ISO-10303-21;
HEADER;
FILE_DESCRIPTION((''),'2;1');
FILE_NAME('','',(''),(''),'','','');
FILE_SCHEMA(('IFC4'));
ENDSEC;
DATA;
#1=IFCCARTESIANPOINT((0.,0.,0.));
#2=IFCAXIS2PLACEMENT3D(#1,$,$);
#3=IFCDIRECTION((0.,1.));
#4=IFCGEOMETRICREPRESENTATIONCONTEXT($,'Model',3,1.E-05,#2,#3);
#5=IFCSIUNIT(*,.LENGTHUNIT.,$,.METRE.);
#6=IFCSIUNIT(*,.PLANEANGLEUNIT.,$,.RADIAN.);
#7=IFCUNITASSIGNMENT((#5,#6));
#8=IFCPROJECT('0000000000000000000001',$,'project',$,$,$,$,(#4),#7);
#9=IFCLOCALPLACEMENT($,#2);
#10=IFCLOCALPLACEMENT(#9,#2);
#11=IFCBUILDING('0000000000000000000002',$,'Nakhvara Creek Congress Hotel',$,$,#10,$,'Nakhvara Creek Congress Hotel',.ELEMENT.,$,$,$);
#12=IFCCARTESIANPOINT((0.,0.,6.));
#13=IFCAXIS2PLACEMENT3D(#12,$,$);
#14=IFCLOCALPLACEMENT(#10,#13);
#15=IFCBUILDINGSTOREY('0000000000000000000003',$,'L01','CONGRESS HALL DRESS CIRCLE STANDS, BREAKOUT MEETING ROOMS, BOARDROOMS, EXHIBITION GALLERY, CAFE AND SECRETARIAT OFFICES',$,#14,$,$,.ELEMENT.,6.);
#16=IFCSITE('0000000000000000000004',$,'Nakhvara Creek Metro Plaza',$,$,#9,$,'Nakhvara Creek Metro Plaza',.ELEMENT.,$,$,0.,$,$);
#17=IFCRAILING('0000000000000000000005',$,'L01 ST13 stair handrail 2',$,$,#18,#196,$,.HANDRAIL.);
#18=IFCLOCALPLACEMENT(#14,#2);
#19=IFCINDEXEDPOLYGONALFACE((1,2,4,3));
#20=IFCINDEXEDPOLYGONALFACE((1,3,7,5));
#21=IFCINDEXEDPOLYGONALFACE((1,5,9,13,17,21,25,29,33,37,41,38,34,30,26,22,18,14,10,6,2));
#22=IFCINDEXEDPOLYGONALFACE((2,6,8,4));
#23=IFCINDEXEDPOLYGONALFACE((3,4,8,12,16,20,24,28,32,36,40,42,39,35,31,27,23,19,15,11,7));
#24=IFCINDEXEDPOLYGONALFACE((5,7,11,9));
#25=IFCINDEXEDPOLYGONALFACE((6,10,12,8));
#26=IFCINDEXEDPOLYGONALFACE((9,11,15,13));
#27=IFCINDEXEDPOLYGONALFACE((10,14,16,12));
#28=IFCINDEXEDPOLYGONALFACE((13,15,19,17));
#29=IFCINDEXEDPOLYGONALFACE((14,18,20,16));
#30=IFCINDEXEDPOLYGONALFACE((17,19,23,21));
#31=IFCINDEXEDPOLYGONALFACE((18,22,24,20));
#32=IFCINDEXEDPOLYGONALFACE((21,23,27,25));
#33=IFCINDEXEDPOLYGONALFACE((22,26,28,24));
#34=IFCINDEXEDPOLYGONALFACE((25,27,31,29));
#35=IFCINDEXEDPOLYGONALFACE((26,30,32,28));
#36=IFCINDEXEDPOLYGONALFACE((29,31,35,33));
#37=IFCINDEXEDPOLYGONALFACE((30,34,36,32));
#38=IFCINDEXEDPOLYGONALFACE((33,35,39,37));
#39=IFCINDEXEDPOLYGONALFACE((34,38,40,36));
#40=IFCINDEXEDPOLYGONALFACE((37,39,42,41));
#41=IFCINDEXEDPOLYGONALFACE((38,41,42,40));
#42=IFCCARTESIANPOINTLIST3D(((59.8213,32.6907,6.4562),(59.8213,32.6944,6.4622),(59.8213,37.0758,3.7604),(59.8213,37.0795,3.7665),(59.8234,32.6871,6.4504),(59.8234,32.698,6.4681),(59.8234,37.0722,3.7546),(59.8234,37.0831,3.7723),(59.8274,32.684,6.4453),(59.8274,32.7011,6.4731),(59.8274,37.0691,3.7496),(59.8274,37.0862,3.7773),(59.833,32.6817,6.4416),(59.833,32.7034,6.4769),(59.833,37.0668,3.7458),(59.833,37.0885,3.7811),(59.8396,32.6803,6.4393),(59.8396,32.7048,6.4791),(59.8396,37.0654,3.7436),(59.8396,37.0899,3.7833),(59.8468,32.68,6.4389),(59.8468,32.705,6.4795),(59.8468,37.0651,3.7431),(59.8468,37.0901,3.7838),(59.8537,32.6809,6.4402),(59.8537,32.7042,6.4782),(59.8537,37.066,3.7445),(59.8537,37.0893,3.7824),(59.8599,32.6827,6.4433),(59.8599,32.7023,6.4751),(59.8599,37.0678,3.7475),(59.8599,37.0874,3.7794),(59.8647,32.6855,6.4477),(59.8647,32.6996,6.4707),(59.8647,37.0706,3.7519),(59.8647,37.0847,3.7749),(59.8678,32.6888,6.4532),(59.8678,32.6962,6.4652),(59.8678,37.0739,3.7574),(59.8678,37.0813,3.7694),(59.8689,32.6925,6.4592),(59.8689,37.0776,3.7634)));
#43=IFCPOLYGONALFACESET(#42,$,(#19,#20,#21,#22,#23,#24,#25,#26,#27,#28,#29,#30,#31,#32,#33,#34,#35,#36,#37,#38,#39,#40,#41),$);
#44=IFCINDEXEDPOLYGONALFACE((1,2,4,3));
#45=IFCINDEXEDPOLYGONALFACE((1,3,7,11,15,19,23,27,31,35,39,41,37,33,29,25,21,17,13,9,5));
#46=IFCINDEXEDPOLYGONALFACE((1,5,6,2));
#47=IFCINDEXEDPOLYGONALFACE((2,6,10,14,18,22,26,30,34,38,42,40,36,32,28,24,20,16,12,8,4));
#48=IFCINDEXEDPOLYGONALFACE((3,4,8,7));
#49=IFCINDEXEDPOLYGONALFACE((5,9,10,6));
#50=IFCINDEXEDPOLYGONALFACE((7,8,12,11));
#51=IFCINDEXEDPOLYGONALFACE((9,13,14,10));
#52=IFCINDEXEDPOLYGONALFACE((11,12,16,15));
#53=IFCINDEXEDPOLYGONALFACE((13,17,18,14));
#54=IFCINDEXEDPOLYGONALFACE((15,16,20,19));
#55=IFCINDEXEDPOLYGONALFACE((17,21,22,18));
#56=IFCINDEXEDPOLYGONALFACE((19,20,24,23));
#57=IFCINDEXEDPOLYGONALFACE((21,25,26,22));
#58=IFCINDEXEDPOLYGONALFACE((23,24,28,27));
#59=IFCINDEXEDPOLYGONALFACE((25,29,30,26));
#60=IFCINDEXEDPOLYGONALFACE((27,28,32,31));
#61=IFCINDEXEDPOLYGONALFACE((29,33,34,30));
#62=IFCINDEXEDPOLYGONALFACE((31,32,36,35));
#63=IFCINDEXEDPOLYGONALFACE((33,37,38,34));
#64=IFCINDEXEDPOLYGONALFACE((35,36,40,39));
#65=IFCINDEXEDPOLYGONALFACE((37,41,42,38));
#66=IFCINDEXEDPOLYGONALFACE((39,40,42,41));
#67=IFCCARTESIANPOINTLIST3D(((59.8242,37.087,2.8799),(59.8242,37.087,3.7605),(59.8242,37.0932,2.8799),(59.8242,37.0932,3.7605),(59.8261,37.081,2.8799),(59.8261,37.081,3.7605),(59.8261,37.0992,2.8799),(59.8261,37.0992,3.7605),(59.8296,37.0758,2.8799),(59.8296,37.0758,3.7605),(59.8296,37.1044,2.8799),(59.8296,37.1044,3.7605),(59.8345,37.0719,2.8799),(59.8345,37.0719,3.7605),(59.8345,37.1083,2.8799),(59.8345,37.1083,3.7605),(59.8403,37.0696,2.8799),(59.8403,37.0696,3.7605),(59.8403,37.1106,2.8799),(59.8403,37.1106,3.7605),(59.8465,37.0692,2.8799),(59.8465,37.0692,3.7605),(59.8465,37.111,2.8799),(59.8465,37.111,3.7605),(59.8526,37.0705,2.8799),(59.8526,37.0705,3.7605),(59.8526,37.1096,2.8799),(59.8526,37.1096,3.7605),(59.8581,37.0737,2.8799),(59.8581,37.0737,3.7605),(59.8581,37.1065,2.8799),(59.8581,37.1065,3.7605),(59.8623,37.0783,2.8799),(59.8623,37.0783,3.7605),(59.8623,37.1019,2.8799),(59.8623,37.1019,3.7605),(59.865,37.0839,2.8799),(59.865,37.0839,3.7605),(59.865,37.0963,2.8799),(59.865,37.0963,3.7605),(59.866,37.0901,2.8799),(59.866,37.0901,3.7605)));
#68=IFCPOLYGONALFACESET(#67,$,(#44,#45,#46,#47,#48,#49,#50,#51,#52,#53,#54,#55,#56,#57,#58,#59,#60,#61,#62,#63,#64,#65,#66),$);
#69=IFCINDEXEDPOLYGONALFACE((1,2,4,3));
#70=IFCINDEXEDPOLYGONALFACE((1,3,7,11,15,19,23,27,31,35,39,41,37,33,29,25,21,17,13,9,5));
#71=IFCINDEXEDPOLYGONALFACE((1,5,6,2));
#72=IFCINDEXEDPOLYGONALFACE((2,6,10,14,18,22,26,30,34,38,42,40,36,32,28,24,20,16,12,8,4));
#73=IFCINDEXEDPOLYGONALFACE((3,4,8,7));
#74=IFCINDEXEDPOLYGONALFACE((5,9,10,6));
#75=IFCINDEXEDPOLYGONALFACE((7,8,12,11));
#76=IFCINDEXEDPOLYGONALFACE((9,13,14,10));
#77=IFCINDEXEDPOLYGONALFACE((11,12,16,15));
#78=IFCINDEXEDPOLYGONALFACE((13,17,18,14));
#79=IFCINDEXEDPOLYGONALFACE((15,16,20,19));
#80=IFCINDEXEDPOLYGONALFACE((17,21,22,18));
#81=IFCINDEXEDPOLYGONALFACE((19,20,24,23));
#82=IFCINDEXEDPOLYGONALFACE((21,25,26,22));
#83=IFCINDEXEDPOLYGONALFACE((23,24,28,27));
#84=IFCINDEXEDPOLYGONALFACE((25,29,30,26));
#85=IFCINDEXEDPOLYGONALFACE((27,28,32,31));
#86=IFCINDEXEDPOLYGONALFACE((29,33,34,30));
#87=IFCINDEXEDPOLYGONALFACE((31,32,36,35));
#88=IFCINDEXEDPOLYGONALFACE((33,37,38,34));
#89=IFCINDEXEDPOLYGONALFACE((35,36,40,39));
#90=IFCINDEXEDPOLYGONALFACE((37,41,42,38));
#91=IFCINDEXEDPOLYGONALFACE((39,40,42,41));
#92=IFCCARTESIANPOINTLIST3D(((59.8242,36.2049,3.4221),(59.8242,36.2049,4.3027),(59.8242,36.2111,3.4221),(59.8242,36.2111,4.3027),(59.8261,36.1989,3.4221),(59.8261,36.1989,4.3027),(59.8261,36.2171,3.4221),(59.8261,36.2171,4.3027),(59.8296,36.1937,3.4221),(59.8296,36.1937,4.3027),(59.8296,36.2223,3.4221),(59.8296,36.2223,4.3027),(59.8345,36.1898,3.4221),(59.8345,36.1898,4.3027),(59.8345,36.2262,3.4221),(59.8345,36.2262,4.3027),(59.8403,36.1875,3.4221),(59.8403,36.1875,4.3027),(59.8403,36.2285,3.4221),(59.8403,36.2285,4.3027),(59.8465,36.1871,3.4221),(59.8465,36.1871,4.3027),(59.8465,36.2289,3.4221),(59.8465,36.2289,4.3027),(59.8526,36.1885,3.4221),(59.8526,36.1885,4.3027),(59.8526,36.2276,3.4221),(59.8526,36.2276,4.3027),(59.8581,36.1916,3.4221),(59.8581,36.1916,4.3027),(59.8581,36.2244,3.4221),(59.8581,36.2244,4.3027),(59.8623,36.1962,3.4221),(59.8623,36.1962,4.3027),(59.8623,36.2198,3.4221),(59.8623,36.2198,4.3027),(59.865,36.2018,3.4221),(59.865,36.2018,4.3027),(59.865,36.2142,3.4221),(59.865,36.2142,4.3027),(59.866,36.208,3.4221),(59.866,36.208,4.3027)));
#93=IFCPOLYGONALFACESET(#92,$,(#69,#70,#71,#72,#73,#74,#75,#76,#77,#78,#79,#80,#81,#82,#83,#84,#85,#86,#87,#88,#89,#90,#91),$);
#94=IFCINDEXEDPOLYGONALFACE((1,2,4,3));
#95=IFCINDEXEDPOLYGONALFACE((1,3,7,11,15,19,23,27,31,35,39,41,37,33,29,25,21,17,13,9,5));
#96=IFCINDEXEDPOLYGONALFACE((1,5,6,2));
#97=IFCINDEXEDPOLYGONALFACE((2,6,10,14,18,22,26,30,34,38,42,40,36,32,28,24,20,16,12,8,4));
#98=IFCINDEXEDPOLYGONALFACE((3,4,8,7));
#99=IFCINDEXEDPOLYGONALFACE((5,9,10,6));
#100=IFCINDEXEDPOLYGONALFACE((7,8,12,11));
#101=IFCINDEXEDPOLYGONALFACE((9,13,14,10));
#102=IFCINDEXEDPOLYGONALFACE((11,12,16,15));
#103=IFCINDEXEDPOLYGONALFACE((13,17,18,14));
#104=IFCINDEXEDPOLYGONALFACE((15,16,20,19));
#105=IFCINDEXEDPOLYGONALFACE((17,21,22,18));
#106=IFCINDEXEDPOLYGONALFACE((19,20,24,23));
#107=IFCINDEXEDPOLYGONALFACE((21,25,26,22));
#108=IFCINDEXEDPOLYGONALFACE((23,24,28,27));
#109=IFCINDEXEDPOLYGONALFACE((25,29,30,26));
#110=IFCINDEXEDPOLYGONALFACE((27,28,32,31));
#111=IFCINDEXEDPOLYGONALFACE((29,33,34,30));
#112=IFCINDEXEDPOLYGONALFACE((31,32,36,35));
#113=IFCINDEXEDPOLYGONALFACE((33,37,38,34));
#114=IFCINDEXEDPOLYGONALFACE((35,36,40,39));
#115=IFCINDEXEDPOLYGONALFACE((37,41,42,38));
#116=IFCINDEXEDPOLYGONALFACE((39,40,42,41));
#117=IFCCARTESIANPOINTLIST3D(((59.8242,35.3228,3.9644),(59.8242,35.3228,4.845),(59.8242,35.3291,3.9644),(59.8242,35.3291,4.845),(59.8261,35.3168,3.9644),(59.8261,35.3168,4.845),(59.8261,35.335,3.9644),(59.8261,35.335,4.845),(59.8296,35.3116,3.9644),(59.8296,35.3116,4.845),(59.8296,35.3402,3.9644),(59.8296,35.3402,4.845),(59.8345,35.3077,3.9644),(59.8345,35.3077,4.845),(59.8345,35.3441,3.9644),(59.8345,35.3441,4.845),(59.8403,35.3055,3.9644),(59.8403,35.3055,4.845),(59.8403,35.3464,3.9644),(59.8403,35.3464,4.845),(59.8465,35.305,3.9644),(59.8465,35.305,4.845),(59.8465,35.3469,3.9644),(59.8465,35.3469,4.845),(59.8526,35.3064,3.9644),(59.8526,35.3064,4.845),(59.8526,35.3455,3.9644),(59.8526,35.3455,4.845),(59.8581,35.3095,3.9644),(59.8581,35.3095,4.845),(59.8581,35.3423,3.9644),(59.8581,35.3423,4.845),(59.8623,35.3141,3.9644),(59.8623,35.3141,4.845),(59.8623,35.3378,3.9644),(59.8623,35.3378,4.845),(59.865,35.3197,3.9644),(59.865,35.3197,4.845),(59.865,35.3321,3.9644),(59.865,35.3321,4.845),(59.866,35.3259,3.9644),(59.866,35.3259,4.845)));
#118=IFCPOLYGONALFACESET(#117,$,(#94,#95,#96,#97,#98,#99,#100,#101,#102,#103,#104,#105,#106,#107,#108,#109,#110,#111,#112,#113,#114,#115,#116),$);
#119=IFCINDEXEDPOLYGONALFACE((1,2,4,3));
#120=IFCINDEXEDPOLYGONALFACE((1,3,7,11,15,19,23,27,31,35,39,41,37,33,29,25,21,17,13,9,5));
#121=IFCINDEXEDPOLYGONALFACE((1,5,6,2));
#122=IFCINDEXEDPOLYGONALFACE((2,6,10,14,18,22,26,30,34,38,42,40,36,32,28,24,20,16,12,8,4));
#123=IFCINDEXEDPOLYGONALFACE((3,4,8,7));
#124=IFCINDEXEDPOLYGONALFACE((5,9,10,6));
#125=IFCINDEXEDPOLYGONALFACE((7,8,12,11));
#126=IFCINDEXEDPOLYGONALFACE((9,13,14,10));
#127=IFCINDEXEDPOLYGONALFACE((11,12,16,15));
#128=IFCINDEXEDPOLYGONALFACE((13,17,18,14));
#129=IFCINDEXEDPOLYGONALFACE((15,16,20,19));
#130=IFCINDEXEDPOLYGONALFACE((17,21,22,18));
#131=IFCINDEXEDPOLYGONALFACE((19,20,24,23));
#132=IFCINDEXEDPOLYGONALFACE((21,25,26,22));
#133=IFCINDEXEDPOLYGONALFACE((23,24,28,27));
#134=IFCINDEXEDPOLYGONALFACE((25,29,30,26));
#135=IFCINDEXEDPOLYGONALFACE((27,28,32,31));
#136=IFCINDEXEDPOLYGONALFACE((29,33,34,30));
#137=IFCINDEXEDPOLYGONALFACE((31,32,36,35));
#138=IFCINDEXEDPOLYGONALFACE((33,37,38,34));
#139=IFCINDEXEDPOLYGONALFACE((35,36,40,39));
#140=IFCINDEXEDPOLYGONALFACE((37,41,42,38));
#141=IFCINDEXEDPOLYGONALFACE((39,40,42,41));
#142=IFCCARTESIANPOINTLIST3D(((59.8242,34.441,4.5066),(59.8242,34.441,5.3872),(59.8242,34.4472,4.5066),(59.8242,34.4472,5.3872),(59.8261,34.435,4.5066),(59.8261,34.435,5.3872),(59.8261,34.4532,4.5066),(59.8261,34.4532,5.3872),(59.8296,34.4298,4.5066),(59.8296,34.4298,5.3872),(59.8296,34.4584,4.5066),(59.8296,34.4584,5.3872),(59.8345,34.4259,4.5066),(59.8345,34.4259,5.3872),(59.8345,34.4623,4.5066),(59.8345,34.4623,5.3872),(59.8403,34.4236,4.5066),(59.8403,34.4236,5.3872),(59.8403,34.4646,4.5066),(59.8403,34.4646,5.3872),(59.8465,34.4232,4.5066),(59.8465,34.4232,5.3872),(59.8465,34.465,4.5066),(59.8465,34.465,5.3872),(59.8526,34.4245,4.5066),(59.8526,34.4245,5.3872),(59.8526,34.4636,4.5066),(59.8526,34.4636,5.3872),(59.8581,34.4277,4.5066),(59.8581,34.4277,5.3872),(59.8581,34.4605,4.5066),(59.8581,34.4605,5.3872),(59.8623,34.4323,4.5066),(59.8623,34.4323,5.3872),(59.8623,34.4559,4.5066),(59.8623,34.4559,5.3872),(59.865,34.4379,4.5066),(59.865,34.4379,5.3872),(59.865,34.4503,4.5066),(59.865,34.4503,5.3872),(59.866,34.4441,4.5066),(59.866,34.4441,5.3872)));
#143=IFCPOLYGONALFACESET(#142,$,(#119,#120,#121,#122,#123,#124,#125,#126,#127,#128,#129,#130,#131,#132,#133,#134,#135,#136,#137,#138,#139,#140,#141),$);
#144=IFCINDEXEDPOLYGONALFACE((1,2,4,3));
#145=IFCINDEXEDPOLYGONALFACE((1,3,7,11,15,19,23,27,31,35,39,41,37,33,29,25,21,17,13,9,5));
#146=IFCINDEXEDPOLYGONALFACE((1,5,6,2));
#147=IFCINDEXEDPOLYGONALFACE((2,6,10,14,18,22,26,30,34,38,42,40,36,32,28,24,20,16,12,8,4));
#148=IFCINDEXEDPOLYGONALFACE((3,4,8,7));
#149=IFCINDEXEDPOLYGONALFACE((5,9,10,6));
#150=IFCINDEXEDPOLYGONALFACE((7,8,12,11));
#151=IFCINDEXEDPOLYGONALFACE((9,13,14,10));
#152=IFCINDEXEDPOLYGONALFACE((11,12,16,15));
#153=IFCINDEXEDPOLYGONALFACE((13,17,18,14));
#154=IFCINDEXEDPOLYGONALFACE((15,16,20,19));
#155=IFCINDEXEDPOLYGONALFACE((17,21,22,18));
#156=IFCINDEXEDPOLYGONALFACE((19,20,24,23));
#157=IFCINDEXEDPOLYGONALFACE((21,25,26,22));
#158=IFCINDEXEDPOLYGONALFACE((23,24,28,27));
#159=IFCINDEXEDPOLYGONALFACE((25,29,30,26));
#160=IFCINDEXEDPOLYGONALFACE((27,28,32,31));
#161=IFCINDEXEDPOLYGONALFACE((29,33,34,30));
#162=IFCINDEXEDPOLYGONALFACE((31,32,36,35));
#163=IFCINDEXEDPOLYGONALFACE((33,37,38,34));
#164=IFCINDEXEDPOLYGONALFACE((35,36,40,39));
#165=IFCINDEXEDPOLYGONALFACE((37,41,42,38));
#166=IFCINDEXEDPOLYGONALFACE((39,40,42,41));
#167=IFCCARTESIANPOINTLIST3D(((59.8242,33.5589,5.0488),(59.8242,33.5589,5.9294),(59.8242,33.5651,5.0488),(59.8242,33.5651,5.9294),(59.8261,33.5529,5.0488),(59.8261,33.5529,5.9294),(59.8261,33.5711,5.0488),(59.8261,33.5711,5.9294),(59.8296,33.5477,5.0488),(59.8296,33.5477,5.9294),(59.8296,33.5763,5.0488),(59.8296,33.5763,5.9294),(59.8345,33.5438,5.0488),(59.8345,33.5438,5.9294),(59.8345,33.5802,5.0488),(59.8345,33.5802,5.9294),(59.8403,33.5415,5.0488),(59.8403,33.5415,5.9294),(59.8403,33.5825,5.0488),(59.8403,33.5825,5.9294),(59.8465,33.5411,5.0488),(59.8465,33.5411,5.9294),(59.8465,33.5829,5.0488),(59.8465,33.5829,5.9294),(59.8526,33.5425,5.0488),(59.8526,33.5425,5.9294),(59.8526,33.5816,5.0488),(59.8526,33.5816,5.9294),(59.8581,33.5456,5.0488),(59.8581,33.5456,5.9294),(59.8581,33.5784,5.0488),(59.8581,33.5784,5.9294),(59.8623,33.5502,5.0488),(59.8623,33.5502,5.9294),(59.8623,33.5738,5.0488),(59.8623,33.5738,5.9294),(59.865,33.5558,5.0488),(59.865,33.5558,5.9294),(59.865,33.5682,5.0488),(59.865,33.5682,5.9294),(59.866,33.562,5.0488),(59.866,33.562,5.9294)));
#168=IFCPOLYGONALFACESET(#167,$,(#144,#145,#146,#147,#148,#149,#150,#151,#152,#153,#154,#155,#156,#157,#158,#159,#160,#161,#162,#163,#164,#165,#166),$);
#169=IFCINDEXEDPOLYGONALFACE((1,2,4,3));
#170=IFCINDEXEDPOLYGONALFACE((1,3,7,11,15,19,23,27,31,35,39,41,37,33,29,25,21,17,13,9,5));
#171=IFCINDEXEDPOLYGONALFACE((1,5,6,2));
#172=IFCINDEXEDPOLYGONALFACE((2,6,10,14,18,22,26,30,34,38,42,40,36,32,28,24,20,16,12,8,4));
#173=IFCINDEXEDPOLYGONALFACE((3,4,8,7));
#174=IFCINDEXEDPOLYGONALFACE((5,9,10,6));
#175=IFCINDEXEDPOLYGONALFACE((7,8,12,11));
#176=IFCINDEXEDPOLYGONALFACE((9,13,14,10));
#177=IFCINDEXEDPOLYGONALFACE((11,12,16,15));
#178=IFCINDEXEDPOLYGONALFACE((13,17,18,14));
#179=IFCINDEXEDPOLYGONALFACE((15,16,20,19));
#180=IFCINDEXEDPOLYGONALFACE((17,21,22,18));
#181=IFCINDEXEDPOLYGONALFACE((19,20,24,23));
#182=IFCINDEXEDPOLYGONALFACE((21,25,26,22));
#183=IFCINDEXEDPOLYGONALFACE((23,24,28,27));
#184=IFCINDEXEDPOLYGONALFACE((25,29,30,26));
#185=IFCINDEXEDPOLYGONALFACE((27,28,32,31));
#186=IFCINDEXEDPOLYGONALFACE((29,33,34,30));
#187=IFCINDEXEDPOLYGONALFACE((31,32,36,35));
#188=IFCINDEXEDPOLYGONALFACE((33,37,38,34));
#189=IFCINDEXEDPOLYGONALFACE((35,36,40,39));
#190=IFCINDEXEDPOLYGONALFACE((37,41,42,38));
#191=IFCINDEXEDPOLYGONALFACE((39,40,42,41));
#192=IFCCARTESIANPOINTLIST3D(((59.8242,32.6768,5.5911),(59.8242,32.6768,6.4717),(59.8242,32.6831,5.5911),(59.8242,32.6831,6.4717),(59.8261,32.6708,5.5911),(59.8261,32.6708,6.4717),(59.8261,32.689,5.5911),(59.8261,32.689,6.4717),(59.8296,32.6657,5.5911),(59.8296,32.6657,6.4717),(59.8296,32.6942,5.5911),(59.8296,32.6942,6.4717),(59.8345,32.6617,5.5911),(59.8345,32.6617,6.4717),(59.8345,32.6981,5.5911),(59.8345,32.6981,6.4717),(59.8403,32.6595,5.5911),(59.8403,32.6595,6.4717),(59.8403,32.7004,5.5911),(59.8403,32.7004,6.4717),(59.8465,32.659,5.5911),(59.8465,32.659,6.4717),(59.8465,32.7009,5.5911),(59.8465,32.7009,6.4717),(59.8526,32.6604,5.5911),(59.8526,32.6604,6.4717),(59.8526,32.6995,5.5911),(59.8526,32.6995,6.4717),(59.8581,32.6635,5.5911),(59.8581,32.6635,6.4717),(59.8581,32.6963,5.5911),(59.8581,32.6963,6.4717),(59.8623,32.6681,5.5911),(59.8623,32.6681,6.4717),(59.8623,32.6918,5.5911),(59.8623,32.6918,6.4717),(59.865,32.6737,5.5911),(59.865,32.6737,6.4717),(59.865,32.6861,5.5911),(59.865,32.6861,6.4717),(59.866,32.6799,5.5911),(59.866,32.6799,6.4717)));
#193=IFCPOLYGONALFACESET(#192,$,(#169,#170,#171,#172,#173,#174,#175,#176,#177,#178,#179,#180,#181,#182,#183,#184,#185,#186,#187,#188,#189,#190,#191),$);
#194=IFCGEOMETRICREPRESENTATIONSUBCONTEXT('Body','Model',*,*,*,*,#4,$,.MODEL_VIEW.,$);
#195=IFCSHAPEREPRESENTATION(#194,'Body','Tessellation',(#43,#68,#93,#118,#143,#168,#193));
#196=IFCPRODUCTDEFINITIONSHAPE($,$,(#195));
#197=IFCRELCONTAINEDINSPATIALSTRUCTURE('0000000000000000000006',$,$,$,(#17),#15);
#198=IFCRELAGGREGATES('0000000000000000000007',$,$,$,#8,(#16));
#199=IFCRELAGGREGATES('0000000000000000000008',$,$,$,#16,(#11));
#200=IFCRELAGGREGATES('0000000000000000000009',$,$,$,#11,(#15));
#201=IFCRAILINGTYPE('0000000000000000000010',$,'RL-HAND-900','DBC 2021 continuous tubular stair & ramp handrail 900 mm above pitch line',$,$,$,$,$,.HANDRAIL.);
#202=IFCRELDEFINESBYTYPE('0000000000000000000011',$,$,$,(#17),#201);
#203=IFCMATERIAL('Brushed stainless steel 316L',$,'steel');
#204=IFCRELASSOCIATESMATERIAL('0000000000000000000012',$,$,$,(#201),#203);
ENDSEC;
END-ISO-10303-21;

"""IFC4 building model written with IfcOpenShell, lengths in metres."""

from ifc_helpers import new_model, si_unit, direction, frame, origin, origin_2d, place, context, subcontext, project, spatial, circle, extrude, material, type_object, element, save


model = new_model("IFC4")

# Units and contexts
model_context = context("Model", 3, precision=1e-05, world=origin(), true_north=direction((0.0, 1.0)))
body_context = subcontext(model_context, "Body", "Model", "MODEL_VIEW")
ifc_project = project(units=[si_unit("LENGTHUNIT", "METRE"), si_unit("PLANEANGLEUNIT", "RADIAN")], contexts=[model_context])

# Site, building, storey
site_placement = place(None, origin())
site = spatial("IfcSite", under=ifc_project, at=site_placement, Name="Nakhvara Creek Metro Plaza", LongName="Nakhvara Creek Metro Plaza", CompositionType="ELEMENT", RefElevation=0.0)
building_placement = place(site_placement, origin())
building = spatial("IfcBuilding", under=site, at=building_placement, Name="Nakhvara Creek Congress Hotel", LongName="Nakhvara Creek Congress Hotel", CompositionType="ELEMENT")
storey_placement = place(building_placement, frame((0.0, 0.0, 6.0)))
storey = spatial("IfcBuildingStorey", under=building, at=storey_placement, Name="L01", Description="CONGRESS HALL DRESS CIRCLE STANDS, BREAKOUT MEETING ROOMS, BOARDROOMS, EXHIBITION GALLERY, CAFE AND SECRETARIAT OFFICES", CompositionType="ELEMENT", Elevation=6.0)

# Railing
ifc_material_1 = material(Name="Brushed stainless steel 316L", Category="steel")
railing_type_1 = type_object("IfcRailingType", Name="RL-HAND-900", Description="DBC 2021 continuous tubular stair & ramp handrail 900 mm above pitch line", PredefinedType="HANDRAIL", material=ifc_material_1)
railing_1_placement = place(storey_placement, frame((59.845, 37.0901, 2.8799)))
element("IfcRailing", 1, at=railing_1_placement, inside=storey, type_object=railing_type_1, Name="L01 ST13 stair handrail 2", PredefinedType="HANDRAIL", context=body_context, shape_type="SweptSolid", body=[
    extrude(circle(Radius=0.0239, at=origin_2d()), frame((0.0, -0.0125, 0.8835), z_axis=(0.0, -0.851896, 0.523711), x_axis=(1.0, 0.0, 0.0)), (0.0, 0.0, 1.0), 5.1475),
    extrude(circle(Radius=0.021, at=origin_2d()), origin(), (0.0, 0.0, 1.0), 0.8806),
    extrude(circle(Radius=0.021, at=origin_2d()), frame((0.0, -0.8821, 0.5422)), (0.0, 0.0, 1.0), 0.8806),
    extrude(circle(Radius=0.021, at=origin_2d()), frame((0.0, -1.7642, 1.0845)), (0.0, 0.0, 1.0), 0.8806),
    extrude(circle(Radius=0.021, at=origin_2d()), frame((0.0, -2.646, 1.6267)), (0.0, 0.0, 1.0), 0.8806),
    extrude(circle(Radius=0.021, at=origin_2d()), frame((0.0, -3.5281, 2.1689)), (0.0, 0.0, 1.0), 0.8806),
    extrude(circle(Radius=0.021, at=origin_2d()), frame((0.0, -4.4102, 2.7112)), (0.0, 0.0, 1.0), 0.8806),
])

save(model, "model.ifc")
